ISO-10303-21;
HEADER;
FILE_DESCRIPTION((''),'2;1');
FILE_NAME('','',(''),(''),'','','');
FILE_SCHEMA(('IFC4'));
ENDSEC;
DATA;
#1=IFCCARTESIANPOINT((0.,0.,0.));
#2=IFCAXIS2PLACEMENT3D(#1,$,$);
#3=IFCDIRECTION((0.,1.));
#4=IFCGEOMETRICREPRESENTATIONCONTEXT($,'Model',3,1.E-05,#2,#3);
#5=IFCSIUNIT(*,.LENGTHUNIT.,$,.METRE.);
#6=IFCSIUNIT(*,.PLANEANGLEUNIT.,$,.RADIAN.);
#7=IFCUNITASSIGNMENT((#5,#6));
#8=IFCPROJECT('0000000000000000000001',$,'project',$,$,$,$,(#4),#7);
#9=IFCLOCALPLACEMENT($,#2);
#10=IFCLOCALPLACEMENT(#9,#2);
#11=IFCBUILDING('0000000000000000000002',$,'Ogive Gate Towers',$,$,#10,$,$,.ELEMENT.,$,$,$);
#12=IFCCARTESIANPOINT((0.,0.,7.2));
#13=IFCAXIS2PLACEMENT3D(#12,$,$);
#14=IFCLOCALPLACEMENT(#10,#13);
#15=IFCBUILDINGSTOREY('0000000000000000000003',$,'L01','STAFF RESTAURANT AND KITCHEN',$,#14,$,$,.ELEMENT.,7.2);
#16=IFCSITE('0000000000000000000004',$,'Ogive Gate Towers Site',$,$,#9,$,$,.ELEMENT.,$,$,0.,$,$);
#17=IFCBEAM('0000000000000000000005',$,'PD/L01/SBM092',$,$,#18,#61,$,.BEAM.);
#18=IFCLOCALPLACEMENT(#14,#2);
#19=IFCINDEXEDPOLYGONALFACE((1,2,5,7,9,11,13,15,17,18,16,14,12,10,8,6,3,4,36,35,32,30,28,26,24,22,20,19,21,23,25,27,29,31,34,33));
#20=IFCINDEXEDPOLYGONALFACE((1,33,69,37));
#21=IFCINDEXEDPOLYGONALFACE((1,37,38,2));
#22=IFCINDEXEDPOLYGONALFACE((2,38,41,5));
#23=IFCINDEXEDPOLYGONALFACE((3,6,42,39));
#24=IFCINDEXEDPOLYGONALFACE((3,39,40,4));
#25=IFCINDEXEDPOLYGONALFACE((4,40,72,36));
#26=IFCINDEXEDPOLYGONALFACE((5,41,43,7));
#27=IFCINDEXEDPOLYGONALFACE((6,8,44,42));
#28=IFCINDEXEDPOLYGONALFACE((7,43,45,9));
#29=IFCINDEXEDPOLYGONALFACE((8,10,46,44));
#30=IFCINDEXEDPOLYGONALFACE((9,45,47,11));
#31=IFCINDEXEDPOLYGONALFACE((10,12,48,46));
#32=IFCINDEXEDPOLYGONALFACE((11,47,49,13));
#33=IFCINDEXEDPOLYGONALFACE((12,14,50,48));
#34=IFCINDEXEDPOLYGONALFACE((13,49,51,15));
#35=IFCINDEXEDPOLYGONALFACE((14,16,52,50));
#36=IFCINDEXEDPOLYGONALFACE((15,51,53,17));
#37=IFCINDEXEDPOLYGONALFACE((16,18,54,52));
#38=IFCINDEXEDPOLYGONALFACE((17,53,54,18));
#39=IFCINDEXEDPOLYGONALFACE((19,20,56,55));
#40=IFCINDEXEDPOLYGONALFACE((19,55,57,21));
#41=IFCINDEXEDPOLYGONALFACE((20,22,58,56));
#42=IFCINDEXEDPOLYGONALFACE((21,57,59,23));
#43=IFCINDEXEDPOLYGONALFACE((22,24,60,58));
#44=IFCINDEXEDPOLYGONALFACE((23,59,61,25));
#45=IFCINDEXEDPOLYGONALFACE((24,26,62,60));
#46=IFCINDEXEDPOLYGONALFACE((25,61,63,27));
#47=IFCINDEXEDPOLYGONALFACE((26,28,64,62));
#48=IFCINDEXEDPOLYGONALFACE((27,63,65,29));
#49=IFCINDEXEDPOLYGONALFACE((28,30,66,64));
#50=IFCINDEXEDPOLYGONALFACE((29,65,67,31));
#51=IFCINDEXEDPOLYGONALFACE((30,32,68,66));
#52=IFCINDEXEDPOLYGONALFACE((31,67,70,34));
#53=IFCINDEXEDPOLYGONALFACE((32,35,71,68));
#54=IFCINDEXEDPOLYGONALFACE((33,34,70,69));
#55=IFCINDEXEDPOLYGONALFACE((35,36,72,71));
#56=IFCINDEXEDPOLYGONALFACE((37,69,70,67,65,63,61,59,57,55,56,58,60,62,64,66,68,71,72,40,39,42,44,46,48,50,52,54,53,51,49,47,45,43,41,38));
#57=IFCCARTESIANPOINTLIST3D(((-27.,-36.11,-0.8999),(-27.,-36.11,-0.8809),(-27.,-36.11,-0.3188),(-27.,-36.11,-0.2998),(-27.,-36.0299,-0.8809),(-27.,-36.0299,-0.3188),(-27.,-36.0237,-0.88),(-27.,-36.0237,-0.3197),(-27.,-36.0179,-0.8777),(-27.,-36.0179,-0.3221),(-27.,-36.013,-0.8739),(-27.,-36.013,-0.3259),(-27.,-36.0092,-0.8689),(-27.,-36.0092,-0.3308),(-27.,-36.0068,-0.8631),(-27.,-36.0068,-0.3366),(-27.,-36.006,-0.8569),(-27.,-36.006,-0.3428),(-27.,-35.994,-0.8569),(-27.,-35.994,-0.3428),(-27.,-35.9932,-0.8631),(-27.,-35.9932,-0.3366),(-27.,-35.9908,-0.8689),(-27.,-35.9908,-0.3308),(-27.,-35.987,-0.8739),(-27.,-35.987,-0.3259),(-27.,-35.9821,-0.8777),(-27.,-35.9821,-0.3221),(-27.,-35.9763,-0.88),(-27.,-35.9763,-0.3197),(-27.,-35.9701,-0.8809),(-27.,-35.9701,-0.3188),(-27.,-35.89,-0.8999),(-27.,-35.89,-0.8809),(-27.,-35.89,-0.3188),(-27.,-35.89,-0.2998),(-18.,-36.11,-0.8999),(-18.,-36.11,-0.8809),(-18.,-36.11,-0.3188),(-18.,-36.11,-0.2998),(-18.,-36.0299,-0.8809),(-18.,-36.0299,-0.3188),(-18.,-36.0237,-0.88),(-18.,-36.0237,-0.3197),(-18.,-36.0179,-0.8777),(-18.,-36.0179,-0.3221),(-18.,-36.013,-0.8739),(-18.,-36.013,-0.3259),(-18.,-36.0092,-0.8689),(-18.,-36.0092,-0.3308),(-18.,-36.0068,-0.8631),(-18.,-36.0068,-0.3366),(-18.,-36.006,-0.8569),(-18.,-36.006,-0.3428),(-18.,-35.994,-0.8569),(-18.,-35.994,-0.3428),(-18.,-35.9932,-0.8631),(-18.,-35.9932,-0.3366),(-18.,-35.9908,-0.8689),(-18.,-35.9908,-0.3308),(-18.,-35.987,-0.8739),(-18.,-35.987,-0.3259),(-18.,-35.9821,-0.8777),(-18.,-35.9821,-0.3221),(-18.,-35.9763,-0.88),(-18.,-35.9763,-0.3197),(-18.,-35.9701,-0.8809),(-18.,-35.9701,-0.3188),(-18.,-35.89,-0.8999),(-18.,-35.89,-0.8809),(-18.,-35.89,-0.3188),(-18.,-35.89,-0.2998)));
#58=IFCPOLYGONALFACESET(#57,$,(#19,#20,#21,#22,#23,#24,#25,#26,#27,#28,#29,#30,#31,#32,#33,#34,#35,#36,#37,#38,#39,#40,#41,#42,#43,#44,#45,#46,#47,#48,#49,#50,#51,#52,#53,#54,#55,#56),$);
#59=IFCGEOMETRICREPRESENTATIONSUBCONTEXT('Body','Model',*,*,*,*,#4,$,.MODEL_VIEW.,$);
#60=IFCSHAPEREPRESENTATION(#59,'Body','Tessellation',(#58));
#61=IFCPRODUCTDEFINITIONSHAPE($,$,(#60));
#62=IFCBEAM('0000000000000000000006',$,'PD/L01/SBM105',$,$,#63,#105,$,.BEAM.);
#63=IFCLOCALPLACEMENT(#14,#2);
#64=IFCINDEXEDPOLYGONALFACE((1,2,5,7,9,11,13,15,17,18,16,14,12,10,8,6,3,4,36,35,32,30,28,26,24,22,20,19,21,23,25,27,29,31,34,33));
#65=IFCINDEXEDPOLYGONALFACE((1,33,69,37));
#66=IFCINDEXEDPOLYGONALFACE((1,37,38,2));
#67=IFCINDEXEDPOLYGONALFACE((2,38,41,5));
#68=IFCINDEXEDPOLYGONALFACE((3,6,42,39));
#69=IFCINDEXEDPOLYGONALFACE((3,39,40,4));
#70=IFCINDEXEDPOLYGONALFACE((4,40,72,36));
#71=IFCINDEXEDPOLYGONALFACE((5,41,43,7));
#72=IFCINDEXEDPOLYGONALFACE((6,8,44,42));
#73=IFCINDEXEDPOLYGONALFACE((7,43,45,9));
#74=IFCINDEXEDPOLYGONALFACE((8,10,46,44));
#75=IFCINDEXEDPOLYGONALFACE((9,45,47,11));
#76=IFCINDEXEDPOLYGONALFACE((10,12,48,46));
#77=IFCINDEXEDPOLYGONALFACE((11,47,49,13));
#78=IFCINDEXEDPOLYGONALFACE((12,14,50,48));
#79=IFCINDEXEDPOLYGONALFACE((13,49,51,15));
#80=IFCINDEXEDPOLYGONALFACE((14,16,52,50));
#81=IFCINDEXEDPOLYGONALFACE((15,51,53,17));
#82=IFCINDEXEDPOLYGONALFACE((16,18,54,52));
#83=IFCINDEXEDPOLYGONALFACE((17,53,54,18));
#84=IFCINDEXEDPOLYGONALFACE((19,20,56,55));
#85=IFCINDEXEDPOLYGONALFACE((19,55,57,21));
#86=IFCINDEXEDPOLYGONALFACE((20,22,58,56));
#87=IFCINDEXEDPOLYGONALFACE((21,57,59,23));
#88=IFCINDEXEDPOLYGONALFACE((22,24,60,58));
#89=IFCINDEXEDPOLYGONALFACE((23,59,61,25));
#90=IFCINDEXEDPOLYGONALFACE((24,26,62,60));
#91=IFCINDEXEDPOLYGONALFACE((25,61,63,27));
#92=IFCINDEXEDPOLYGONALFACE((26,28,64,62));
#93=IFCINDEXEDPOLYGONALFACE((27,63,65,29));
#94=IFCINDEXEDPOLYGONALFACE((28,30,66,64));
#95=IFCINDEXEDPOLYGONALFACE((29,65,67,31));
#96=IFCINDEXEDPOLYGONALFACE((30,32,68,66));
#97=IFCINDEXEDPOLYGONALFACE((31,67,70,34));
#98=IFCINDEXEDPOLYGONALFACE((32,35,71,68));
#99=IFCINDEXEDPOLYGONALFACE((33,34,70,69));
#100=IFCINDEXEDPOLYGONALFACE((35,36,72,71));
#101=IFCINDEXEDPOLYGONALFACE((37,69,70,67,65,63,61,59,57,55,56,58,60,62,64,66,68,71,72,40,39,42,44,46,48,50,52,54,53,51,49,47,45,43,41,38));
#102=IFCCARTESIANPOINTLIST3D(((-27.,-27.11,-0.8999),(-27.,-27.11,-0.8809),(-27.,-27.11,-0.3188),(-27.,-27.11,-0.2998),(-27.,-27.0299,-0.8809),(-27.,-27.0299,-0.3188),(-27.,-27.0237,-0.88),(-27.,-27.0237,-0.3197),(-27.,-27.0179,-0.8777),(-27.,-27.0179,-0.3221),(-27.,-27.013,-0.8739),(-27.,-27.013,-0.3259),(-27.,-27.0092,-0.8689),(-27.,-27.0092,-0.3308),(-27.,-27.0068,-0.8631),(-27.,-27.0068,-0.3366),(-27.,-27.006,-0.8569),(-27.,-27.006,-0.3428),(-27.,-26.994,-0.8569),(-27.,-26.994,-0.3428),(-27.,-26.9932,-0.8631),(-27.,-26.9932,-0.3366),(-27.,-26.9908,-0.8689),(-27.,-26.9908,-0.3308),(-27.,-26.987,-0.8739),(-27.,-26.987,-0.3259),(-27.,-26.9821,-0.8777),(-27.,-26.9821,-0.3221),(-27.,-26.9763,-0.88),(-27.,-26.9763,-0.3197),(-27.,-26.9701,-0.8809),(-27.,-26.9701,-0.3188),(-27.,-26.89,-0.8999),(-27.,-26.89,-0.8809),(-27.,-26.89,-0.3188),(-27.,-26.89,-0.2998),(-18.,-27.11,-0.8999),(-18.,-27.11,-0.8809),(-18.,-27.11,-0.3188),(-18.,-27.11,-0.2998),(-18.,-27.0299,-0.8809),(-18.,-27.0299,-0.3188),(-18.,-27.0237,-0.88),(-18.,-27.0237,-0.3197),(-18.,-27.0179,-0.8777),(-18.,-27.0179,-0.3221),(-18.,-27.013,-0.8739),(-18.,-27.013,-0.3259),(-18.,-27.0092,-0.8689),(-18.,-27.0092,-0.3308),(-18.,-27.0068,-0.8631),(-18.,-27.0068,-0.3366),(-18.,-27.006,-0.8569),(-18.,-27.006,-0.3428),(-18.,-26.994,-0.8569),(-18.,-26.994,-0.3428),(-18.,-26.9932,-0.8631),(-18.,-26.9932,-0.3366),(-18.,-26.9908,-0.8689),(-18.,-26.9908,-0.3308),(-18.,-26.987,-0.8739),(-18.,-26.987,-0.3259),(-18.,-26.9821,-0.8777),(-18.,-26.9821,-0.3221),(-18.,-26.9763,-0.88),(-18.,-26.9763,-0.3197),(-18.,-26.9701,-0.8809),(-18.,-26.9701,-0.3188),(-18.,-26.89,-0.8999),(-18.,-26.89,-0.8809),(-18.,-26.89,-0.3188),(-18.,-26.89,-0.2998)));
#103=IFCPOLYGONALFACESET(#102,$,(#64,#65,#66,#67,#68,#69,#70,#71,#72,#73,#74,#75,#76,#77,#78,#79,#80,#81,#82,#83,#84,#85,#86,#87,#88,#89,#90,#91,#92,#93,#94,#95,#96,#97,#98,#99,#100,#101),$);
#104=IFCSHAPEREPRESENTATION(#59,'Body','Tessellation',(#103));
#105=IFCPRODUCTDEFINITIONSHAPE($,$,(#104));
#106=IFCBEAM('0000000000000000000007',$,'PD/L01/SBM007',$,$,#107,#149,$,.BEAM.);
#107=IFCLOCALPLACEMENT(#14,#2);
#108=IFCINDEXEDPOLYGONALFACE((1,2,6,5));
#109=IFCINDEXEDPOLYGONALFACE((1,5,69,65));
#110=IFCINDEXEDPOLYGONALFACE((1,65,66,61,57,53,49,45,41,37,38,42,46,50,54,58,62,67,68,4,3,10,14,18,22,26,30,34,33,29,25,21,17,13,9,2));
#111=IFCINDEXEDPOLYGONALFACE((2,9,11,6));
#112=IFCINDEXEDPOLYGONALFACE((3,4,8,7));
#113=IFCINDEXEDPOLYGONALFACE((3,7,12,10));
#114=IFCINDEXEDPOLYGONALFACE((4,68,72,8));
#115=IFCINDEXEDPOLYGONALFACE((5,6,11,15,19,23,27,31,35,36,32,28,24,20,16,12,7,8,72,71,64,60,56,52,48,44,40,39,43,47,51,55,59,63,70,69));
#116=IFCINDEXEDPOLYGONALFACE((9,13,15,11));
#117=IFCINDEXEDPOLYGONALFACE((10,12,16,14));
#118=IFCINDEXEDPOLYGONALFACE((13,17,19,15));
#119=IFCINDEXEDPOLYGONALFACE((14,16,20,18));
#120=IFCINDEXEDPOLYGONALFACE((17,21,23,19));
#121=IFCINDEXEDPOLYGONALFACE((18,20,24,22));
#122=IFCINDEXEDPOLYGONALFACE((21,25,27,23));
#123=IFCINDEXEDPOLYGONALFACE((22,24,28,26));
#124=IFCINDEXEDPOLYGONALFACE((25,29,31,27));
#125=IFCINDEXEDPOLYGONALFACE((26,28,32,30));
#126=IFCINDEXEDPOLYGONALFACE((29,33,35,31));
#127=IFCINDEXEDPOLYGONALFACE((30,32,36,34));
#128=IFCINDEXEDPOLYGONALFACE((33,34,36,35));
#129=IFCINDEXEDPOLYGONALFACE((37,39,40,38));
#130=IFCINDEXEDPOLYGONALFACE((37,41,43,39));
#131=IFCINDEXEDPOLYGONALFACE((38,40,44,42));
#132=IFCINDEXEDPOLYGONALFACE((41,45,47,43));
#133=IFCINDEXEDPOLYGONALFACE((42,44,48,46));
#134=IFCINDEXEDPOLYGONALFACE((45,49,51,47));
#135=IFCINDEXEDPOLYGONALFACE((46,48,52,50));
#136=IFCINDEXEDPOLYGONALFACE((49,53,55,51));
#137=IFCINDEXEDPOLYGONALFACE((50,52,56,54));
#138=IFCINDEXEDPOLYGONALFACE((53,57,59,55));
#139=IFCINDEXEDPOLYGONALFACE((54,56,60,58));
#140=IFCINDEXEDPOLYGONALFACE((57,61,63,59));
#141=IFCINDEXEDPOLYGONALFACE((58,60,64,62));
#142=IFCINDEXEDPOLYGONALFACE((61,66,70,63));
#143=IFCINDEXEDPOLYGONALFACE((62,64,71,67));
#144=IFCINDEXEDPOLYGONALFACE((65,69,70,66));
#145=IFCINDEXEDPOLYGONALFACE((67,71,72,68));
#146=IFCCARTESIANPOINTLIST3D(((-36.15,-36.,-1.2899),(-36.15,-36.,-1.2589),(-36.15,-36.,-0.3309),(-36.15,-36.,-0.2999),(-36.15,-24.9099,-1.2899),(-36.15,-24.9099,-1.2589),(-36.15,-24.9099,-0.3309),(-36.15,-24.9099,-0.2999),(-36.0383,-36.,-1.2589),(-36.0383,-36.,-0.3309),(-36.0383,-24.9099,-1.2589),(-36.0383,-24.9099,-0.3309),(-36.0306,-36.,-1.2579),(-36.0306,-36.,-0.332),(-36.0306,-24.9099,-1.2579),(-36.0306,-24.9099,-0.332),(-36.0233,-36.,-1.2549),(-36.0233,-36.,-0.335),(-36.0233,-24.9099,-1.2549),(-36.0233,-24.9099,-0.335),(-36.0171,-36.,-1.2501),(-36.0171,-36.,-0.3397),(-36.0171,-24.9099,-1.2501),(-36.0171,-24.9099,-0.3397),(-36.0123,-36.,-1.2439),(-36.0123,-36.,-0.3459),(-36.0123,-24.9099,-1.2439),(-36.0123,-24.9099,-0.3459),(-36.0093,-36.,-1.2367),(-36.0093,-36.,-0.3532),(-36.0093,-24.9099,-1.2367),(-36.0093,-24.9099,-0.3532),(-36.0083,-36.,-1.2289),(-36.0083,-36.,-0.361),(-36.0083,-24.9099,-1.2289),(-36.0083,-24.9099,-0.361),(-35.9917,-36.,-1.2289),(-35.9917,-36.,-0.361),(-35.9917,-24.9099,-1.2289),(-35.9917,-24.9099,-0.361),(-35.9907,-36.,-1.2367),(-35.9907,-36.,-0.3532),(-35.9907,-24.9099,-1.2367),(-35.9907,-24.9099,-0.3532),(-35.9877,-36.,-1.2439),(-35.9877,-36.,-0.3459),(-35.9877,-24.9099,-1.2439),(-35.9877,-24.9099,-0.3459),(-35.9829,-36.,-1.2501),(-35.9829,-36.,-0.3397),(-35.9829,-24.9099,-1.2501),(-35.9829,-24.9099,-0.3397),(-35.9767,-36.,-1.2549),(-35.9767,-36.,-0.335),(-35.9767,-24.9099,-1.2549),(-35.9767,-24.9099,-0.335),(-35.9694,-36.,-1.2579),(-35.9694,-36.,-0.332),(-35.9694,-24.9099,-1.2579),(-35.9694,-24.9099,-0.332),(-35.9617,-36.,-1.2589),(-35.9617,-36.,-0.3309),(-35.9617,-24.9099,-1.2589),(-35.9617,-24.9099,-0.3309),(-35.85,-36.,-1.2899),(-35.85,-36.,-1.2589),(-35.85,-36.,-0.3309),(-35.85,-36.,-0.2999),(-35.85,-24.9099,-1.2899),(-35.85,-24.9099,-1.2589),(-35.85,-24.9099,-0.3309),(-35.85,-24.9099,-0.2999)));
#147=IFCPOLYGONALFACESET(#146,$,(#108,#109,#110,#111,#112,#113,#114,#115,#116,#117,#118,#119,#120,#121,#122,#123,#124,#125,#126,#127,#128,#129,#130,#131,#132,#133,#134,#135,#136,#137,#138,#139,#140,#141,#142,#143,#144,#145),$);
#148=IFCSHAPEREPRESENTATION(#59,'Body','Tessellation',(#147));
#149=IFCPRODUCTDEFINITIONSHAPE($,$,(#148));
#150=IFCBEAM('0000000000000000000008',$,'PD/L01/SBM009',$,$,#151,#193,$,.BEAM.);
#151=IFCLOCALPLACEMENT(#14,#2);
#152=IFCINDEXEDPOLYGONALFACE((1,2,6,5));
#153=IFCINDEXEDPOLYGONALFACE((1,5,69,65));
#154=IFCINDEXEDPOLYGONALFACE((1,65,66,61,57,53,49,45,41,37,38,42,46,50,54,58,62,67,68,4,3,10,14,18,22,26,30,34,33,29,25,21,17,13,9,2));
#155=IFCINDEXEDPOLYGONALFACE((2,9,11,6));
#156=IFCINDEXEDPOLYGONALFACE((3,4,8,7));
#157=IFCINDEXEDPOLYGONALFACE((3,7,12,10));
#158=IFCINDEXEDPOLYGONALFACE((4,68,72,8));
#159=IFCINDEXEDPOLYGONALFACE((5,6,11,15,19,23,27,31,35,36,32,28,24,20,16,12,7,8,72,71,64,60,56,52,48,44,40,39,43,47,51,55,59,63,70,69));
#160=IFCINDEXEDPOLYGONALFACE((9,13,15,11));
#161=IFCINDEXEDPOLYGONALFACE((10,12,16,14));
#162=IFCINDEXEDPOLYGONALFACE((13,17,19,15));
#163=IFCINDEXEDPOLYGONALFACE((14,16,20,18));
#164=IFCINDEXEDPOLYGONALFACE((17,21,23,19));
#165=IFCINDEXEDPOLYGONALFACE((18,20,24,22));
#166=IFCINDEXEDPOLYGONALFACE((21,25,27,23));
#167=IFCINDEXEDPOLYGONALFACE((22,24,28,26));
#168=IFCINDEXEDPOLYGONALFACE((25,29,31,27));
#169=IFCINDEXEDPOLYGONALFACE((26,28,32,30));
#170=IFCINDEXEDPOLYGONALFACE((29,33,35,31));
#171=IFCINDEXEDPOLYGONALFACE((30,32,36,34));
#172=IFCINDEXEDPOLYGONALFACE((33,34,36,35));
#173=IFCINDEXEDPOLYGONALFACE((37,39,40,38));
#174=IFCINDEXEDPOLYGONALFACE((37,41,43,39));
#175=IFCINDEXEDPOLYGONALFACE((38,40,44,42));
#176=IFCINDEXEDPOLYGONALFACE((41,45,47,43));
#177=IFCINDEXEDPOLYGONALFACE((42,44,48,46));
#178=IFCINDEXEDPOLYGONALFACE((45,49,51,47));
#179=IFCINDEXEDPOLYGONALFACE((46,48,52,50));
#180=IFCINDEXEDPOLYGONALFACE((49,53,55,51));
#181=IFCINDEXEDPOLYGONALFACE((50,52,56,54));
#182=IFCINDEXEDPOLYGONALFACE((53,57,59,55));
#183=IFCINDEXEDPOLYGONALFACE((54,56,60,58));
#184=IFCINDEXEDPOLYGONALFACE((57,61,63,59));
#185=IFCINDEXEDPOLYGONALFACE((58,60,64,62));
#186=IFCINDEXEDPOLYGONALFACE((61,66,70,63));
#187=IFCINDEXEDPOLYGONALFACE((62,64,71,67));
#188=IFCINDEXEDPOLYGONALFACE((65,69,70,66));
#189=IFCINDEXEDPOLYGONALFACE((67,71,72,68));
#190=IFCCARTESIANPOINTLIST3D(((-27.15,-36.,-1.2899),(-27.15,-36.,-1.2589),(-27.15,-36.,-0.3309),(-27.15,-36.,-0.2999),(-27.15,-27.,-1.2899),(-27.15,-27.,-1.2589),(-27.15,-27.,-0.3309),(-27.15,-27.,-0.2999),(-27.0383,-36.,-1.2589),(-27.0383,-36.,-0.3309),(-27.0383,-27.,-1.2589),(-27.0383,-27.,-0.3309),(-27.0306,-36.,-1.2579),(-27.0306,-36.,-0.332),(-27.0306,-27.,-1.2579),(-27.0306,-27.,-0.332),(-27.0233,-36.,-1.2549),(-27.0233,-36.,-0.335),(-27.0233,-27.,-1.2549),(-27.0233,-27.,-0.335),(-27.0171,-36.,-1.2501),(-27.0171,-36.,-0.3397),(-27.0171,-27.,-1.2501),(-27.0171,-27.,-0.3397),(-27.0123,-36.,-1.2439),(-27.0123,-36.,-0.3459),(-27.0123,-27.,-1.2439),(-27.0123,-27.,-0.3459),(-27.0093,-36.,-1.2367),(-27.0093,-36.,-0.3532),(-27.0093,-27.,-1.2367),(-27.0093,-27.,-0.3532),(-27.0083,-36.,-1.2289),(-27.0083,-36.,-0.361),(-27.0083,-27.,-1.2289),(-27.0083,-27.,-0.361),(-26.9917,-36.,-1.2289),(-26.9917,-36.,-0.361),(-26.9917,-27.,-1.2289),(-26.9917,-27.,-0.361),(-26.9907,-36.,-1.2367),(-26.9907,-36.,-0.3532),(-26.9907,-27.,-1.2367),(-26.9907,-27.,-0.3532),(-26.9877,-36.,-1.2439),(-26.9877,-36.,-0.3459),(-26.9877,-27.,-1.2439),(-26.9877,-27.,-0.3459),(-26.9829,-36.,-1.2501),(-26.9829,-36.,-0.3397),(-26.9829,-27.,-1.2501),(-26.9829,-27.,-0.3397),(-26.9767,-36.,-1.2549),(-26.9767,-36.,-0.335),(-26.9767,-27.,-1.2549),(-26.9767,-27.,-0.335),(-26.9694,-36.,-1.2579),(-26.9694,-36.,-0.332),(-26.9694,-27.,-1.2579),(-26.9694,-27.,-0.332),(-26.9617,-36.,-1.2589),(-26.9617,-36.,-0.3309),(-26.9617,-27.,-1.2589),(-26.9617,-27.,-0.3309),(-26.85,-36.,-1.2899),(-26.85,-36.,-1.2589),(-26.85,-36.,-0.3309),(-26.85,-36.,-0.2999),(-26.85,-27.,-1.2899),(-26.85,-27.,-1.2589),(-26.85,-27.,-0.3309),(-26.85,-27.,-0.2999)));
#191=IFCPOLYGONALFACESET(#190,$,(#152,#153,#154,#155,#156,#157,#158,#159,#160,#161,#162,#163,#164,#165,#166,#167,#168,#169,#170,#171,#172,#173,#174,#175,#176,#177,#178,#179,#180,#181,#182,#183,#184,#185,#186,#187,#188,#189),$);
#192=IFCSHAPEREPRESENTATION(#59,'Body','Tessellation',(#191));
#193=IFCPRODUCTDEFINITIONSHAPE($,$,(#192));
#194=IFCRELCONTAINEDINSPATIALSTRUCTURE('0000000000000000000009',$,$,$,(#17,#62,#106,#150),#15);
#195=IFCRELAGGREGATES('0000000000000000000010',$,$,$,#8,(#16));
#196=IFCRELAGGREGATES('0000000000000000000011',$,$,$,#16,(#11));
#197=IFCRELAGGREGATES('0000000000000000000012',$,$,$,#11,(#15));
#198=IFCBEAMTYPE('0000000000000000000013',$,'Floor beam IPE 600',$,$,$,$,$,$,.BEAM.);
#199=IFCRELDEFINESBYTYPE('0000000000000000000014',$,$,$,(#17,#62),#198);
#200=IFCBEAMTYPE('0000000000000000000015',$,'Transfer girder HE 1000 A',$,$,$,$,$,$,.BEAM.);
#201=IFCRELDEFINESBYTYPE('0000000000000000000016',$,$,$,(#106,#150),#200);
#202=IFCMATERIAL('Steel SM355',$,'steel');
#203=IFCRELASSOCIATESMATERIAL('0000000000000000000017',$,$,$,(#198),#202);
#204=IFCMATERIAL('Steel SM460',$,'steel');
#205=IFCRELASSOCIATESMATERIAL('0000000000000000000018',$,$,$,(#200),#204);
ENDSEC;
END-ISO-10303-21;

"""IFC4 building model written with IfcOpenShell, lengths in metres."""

from ifc_helpers import new_model, si_unit, direction, frame, origin, origin_2d, place, context, subcontext, project, spatial, i_section, extrude, material, material_profile, profile_set, type_object, element, save


model = new_model("IFC4")

# Units and contexts
model_context = context("Model", 3, precision=1e-05, world=origin(), true_north=direction((0.0, 1.0)))
body_context = subcontext(model_context, "Body", "Model", "MODEL_VIEW")
ifc_project = project(units=[si_unit("LENGTHUNIT", "METRE"), si_unit("PLANEANGLEUNIT", "RADIAN")], contexts=[model_context])

# Site, building, storey
site_placement = place(None, origin())
site = spatial("IfcSite", under=ifc_project, at=site_placement, Name="Ogive Gate Towers Site", CompositionType="ELEMENT", RefElevation=0.0)
building_placement = place(site_placement, origin())
building = spatial("IfcBuilding", under=site, at=building_placement, Name="Ogive Gate Towers", CompositionType="ELEMENT")
storey_placement = place(building_placement, frame((0.0, 0.0, 7.2)))
storey = spatial("IfcBuildingStorey", under=building, at=storey_placement, Name="L01", Description="STAFF RESTAURANT AND KITCHEN", CompositionType="ELEMENT", Elevation=7.2)

# Beams
ifc_material_1 = material(Name="Steel SM460", Category="steel")
ifc_material_2 = material(Name="Steel SM355", Category="steel")
ifc_material_profile_1 = material_profile(ifc_material_2, i_section(OverallWidth=0.22, OverallDepth=0.6001, WebThickness=0.012, FlangeThickness=0.019, FilletRadius=0.0239, at=origin_2d()), Name="IPE 600")
ifc_profile_set_1 = profile_set([ifc_material_profile_1], Name="Steel SM355")
beam_type_1 = type_object("IfcBeamType", Name="Floor beam IPE 600", PredefinedType="BEAM", material=ifc_profile_set_1)
for number, where, z_axis, x_axis, name in (
    (1, (-27.0, -36.0, -0.5999), (1.0, 0.0, 0.0), (0.0, 1.0, 0.0), "PD/L01/SBM092"),
    (2, (-27.0, -27.0, -0.5999), (1.0, 0.0, 0.0), (0.0, 1.0, 0.0), "PD/L01/SBM105"),
):
    element("IfcBeam", number, at=place(storey_placement, frame(where, z_axis=z_axis, x_axis=x_axis)), inside=storey, type_object=beam_type_1, Name=name, PredefinedType="BEAM", context=body_context, shape_type="SweptSolid", body=[
        extrude(i_section(OverallWidth=0.22, OverallDepth=0.6001, WebThickness=0.012, FlangeThickness=0.019, FilletRadius=0.0239, at=origin_2d()), origin(), (0.0, 0.0, 1.0), 9.0),
    ])
ifc_material_profile_2 = material_profile(ifc_material_1, i_section(OverallWidth=0.3, OverallDepth=0.99, WebThickness=0.0166, FlangeThickness=0.031, FilletRadius=0.03, at=origin_2d()), Name="HE 1000 A")
ifc_profile_set_2 = profile_set([ifc_material_profile_2], Name="Steel SM460")
beam_type_2 = type_object("IfcBeamType", Name="Transfer girder HE 1000 A", PredefinedType="BEAM", material=ifc_profile_set_2)
beam_1_placement = place(storey_placement, frame((-36.0, -36.0, -0.7949), z_axis=(0.0, 1.0, 0.0), x_axis=(-1.0, 0.0, 0.0)))
element("IfcBeam", 3, at=beam_1_placement, inside=storey, type_object=beam_type_2, Name="PD/L01/SBM007", PredefinedType="BEAM", context=body_context, shape_type="SweptSolid", body=[
    extrude(i_section(OverallWidth=0.3, OverallDepth=0.99, WebThickness=0.0166, FlangeThickness=0.031, FilletRadius=0.03, at=origin_2d()), origin(), (0.0, 0.0, 1.0), 11.0901),
])
beam_2_placement = place(storey_placement, frame((-27.0, -36.0, -0.7949), z_axis=(0.0, 1.0, 0.0), x_axis=(-1.0, 0.0, 0.0)))
element("IfcBeam", 4, at=beam_2_placement, inside=storey, type_object=beam_type_2, Name="PD/L01/SBM009", PredefinedType="BEAM", context=body_context, shape_type="SweptSolid", body=[
    extrude(i_section(OverallWidth=0.3, OverallDepth=0.99, WebThickness=0.0166, FlangeThickness=0.031, FilletRadius=0.03, at=origin_2d()), origin(), (0.0, 0.0, 1.0), 9.0),
])

save(model, "model.ifc")
